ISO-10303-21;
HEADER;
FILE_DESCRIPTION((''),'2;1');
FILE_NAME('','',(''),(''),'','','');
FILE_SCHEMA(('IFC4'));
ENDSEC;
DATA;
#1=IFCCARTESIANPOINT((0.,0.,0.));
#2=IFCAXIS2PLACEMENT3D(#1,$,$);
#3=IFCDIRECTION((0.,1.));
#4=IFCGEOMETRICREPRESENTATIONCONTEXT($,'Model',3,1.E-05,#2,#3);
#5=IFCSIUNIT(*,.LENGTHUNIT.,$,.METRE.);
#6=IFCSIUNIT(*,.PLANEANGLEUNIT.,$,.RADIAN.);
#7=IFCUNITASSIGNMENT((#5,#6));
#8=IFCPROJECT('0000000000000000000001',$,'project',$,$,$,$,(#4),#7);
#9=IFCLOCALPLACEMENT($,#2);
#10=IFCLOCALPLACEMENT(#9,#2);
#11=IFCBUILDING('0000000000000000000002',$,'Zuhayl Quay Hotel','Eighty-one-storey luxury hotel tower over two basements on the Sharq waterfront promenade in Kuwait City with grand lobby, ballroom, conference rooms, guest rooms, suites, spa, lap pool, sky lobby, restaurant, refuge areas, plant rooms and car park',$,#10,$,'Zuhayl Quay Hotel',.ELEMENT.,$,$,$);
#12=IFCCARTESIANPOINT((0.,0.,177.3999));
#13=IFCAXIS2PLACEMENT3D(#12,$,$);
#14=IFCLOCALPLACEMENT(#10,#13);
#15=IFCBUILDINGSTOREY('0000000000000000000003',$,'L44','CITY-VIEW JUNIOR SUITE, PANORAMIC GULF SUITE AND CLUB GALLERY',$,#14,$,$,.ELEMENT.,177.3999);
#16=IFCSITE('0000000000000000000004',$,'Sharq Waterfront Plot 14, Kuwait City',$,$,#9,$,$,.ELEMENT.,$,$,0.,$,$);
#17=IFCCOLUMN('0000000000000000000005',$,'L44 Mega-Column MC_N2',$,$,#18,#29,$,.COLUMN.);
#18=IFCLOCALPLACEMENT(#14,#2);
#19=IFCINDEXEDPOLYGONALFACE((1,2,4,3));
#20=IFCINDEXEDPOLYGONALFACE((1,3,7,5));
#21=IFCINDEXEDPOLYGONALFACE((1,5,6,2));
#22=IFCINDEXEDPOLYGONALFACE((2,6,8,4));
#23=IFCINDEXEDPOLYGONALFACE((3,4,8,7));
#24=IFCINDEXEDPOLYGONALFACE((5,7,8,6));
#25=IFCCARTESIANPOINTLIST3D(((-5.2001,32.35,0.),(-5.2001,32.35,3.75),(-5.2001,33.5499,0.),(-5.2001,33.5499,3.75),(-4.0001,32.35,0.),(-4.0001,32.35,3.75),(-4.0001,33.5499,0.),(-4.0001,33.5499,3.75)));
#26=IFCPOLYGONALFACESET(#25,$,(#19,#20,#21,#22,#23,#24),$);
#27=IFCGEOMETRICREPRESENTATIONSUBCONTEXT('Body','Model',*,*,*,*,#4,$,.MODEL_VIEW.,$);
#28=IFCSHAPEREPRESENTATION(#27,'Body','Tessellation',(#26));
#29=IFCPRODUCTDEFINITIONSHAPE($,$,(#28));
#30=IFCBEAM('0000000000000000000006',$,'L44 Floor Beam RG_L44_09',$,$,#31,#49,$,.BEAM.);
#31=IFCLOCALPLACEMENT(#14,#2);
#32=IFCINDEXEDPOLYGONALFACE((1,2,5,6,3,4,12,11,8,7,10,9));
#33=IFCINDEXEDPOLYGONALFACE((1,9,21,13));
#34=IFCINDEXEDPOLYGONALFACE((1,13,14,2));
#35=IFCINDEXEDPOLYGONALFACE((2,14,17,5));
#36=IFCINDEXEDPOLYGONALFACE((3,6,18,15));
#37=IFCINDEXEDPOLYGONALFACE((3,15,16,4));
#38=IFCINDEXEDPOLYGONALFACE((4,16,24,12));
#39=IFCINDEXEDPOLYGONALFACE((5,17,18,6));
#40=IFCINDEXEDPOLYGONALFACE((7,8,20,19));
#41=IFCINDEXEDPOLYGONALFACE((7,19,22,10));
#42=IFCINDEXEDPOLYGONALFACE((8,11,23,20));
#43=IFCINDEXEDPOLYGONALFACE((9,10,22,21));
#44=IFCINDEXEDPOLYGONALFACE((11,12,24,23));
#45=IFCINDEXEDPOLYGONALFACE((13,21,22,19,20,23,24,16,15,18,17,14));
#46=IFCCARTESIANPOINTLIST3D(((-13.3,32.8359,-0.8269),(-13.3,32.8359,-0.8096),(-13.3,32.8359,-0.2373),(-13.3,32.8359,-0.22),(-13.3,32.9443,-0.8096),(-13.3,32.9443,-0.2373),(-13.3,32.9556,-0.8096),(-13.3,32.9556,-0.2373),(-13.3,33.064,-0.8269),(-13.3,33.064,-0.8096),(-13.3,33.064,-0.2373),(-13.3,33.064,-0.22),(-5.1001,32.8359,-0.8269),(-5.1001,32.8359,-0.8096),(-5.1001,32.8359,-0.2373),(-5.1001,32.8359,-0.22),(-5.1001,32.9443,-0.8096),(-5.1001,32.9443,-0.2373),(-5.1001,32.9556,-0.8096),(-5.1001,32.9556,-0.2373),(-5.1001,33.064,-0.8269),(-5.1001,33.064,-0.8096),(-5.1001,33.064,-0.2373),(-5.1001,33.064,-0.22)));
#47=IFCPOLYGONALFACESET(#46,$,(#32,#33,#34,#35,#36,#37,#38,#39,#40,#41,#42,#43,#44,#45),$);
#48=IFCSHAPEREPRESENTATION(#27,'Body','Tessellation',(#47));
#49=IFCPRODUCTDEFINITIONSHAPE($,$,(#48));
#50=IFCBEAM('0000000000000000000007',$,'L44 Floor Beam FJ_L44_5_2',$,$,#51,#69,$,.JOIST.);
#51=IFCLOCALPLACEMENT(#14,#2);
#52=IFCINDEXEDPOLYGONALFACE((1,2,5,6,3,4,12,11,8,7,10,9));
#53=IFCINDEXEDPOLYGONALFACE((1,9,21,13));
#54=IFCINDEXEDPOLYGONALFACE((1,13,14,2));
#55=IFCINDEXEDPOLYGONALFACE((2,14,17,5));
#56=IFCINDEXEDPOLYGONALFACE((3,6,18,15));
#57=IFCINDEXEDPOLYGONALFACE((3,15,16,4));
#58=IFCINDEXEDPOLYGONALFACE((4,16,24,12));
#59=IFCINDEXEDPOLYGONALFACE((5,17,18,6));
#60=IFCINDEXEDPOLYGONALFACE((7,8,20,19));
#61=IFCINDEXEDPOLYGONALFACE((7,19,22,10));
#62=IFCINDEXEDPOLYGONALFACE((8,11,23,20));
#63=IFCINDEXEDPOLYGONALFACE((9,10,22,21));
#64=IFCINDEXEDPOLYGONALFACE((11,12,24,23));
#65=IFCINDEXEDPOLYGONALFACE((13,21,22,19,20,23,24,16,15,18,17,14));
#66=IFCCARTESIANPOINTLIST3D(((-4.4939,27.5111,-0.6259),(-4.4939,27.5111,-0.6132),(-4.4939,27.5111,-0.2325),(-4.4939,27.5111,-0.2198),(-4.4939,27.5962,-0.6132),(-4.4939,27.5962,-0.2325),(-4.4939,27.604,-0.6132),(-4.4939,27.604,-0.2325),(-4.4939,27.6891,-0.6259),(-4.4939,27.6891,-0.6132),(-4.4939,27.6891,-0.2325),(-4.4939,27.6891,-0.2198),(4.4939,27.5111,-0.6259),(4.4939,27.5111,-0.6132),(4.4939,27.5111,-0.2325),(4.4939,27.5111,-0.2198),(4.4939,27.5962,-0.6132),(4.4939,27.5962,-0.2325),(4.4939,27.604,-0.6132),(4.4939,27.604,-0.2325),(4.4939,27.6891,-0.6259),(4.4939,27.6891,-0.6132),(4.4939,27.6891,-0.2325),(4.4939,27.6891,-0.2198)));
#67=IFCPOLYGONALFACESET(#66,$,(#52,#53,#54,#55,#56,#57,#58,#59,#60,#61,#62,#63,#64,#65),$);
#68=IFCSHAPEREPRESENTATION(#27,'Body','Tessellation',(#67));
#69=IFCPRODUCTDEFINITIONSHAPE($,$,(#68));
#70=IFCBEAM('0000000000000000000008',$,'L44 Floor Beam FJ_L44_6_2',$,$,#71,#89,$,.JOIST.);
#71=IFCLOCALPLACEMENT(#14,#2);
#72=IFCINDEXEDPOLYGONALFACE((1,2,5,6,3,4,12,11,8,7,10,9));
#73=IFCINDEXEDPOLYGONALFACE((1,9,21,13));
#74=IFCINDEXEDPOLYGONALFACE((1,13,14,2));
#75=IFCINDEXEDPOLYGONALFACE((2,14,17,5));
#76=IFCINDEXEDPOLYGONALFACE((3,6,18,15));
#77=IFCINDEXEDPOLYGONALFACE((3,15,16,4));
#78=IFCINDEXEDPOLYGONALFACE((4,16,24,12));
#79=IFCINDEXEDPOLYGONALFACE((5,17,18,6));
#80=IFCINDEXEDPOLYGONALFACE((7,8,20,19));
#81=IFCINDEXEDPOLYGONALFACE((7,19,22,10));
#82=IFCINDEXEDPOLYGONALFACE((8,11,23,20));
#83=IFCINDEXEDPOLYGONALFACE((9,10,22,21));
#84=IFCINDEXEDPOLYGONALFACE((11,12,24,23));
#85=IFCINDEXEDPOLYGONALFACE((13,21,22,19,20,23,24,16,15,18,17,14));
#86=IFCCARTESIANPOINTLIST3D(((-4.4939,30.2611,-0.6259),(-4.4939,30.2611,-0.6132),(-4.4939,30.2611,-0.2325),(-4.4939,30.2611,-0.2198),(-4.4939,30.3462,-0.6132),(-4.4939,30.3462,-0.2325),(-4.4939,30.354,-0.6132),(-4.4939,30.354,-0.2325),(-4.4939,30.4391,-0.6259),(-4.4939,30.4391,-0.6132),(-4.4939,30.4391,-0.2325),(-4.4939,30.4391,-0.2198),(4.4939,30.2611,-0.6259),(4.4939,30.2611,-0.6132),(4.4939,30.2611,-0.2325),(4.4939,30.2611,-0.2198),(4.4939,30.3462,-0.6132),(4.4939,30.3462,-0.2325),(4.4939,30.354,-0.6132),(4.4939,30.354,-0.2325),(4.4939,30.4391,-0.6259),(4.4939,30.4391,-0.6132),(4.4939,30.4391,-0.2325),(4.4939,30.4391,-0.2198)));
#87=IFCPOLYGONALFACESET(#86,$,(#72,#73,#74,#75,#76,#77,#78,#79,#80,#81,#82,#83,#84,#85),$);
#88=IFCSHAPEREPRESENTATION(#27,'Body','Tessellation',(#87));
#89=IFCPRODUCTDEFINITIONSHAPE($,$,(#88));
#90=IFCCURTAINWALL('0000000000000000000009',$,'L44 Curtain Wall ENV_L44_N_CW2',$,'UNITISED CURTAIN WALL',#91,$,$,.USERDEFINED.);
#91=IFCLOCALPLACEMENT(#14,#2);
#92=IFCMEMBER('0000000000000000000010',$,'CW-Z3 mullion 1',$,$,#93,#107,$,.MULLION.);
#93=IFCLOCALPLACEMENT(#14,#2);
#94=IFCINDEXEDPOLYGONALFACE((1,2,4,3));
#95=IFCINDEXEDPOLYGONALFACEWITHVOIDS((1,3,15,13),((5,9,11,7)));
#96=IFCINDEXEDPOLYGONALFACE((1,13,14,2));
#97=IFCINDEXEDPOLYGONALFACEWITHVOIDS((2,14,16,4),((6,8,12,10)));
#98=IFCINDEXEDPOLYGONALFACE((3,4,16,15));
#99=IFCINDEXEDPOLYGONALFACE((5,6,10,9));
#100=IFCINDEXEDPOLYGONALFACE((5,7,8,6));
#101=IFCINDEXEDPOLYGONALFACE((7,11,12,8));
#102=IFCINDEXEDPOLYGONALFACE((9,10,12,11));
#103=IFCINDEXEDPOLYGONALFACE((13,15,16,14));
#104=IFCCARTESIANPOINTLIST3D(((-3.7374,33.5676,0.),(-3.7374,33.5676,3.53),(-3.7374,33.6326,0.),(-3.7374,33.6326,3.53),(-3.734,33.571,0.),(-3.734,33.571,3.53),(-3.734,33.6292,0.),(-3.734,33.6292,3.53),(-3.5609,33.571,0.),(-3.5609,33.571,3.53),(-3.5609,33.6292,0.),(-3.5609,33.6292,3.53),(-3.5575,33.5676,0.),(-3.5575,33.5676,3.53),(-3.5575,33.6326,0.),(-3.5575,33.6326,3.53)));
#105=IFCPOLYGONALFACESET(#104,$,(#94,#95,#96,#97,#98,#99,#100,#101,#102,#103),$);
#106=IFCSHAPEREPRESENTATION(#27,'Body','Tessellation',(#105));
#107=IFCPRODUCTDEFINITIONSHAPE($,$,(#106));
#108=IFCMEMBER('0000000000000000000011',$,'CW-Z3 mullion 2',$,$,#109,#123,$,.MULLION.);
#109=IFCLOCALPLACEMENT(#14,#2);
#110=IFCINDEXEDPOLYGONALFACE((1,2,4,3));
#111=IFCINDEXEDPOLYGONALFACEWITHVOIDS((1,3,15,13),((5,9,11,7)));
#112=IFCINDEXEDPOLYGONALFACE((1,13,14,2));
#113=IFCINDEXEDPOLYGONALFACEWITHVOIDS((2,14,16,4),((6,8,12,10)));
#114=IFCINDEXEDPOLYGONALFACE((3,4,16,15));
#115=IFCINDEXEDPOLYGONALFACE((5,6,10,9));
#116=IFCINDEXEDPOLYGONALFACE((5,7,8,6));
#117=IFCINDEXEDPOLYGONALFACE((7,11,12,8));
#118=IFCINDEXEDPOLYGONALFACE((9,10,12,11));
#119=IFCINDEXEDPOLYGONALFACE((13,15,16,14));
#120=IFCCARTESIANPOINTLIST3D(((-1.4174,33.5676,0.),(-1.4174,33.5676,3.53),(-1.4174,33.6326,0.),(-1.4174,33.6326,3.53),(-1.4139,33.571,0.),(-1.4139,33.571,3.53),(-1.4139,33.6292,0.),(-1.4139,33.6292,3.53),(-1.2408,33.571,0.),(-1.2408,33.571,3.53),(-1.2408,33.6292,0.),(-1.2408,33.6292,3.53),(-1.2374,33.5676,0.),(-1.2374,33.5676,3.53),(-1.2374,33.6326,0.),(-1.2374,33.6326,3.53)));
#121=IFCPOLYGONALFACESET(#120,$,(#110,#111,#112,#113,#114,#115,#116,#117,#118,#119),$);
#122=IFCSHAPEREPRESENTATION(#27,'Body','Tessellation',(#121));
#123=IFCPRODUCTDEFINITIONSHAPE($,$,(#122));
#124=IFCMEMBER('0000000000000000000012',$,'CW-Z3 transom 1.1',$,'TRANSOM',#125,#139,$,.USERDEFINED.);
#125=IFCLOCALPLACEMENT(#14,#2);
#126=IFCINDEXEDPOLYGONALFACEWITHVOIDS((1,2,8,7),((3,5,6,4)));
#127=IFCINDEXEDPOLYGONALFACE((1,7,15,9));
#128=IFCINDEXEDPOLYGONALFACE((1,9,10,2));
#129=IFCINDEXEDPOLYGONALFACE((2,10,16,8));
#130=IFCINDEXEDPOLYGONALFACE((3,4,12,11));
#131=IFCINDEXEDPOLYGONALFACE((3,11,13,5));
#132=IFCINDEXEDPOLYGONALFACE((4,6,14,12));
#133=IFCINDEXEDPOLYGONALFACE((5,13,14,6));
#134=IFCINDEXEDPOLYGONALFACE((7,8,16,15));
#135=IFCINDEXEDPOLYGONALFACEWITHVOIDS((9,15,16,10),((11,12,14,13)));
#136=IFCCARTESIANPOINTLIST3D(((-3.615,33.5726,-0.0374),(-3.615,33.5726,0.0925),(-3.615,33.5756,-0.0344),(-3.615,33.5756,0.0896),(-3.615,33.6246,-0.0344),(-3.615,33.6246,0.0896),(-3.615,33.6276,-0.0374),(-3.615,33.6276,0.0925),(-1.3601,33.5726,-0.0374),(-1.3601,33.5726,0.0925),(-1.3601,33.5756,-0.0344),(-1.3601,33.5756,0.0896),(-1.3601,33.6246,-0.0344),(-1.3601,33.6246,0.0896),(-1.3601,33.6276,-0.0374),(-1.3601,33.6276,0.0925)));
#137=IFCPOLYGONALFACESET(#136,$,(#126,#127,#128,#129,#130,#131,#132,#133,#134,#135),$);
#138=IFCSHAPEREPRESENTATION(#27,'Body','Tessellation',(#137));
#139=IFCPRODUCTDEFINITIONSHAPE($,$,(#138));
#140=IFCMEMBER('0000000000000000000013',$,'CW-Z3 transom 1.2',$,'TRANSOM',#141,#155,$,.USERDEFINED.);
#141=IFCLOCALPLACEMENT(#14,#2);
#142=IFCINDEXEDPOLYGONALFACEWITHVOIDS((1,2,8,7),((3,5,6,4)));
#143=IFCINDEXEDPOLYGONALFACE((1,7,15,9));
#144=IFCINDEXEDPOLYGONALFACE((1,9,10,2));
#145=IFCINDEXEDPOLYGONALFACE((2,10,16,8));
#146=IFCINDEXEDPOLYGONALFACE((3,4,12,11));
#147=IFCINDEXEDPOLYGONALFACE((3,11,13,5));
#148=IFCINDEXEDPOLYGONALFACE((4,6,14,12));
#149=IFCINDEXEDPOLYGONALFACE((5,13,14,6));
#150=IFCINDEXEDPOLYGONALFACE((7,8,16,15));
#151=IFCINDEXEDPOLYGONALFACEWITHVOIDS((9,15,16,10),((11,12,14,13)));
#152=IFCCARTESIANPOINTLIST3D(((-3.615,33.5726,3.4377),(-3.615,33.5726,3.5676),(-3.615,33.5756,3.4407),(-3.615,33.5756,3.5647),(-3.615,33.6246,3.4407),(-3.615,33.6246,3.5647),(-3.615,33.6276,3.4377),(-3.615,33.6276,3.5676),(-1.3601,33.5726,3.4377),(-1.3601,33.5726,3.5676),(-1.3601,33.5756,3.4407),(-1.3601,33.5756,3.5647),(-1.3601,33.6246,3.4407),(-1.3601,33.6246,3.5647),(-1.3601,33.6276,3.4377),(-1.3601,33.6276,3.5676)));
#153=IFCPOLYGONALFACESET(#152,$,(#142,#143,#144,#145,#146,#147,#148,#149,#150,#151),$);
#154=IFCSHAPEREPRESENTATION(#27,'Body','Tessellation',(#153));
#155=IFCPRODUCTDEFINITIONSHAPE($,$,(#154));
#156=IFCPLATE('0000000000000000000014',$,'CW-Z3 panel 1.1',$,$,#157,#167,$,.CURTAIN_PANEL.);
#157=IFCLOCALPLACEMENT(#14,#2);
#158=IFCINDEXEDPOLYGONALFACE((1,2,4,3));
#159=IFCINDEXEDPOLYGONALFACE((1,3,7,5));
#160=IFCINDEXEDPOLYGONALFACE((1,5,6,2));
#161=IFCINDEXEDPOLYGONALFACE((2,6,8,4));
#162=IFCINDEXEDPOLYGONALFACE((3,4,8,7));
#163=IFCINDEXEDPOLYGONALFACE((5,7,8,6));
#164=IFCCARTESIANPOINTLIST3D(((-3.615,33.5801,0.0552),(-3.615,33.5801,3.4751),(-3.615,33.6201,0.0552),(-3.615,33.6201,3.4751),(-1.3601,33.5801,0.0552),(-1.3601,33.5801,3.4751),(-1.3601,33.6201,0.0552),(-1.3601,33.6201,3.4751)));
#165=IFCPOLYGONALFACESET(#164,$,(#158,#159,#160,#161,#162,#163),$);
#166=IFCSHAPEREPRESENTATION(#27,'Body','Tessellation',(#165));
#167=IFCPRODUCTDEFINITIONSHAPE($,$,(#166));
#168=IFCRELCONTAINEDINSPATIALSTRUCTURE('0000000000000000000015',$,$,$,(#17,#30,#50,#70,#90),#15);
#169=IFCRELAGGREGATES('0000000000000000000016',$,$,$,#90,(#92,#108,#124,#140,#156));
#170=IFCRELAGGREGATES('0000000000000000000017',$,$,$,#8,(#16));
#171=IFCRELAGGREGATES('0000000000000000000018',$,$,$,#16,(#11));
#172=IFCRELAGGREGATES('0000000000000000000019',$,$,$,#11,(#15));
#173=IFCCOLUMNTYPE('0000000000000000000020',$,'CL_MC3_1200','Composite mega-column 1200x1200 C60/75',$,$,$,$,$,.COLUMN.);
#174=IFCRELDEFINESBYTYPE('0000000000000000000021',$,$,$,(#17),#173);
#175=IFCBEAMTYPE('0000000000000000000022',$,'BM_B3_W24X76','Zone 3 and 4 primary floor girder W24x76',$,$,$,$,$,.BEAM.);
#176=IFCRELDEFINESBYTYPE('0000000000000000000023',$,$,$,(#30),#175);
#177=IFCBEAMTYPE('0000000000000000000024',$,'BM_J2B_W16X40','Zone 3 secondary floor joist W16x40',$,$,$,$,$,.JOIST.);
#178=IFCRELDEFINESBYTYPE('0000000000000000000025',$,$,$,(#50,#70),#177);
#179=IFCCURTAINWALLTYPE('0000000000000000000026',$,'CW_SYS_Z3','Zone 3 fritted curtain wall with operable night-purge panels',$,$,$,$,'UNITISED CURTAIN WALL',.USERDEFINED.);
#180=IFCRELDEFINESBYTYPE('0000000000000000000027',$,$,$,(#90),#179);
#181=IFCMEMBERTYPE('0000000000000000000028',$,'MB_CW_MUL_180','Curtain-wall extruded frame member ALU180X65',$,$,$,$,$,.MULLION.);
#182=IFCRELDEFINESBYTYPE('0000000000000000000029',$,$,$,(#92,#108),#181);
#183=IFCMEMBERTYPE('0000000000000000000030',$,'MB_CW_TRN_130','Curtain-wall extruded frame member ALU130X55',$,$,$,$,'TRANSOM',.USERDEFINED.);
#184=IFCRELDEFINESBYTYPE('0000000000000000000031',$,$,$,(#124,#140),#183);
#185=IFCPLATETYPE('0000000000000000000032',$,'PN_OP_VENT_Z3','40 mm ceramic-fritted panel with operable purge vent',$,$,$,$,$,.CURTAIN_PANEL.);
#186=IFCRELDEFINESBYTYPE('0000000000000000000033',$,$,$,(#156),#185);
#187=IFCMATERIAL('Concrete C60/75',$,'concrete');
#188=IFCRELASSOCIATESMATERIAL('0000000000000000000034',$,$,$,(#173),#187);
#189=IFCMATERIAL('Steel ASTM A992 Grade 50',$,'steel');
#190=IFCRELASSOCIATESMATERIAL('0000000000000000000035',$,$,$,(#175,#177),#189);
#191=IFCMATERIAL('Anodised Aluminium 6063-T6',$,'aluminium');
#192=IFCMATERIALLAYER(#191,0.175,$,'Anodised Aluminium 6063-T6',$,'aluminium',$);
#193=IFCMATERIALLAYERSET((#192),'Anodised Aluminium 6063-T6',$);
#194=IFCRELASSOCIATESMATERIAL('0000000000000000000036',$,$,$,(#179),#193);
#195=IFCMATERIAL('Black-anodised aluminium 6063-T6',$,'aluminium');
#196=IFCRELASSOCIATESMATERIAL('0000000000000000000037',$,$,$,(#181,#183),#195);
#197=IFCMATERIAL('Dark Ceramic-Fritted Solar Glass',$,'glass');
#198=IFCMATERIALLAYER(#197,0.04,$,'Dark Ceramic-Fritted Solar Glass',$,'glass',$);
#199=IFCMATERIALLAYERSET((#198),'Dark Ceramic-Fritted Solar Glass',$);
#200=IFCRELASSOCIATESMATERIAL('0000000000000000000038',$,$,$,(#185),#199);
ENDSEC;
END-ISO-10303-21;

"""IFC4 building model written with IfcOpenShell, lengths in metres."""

from ifc_helpers import new_model, si_unit, direction, frame, origin, origin_2d, place, context, subcontext, project, spatial, rectangle, hollow_rectangle, i_section, extrude, material, layer, layer_set, material_profile, profile_set, type_object, element, aggregate, save


model = new_model("IFC4")

# Units and contexts
model_context = context("Model", 3, precision=1e-05, world=origin(), true_north=direction((0.0, 1.0)))
body_context = subcontext(model_context, "Body", "Model", "MODEL_VIEW")
ifc_project = project(units=[si_unit("LENGTHUNIT", "METRE"), si_unit("PLANEANGLEUNIT", "RADIAN")], contexts=[model_context])

# Site, building, storey
site_placement = place(None, origin())
site = spatial("IfcSite", under=ifc_project, at=site_placement, Name="Sharq Waterfront Plot 14, Kuwait City", CompositionType="ELEMENT", RefElevation=0.0)
building_placement = place(site_placement, origin())
building = spatial("IfcBuilding", under=site, at=building_placement, Name="Zuhayl Quay Hotel", Description="Eighty-one-storey luxury hotel tower over two basements on the Sharq waterfront promenade in Kuwait City with grand lobby, ballroom, conference rooms, guest rooms, suites, spa, lap pool, sky lobby, restaurant, refuge areas, plant rooms and car park", LongName="Zuhayl Quay Hotel", CompositionType="ELEMENT")
storey_placement = place(building_placement, frame((0.0, 0.0, 177.3999)))
storey = spatial("IfcBuildingStorey", under=building, at=storey_placement, Name="L44", Description="CITY-VIEW JUNIOR SUITE, PANORAMIC GULF SUITE AND CLUB GALLERY", CompositionType="ELEMENT", Elevation=177.3999)

# Column
ifc_material_1 = material(Name="Concrete C60/75", Category="concrete")
ifc_material_profile_1 = material_profile(ifc_material_1, rectangle(XDim=1.2, YDim=1.2, at=origin_2d()), Name="RC1200X1200")
ifc_profile_set_1 = profile_set([ifc_material_profile_1], Name="Concrete C60/75")
column_type = type_object("IfcColumnType", Name="CL_MC3_1200", Description="Composite mega-column 1200x1200 C60/75", PredefinedType="COLUMN", material=ifc_profile_set_1)
column_placement = place(storey_placement, frame((-4.6001, 32.95, 0.0), z_axis=(0.0, 0.0, 1.0), x_axis=(1.0, 0.0, 0.0)))
element("IfcColumn", 1, at=column_placement, inside=storey, type_object=column_type, Name="L44 Mega-Column MC_N2", PredefinedType="COLUMN", context=body_context, shape_type="SweptSolid", body=[
    extrude(rectangle(XDim=1.2, YDim=1.2, at=origin_2d()), origin(), (0.0, 0.0, 1.0), 3.75),
])

# Beams
ifc_material_2 = material(Name="Steel ASTM A992 Grade 50", Category="steel")
ifc_material_profile_2 = material_profile(ifc_material_2, i_section(OverallWidth=0.228, OverallDepth=0.6069, WebThickness=0.0112, FlangeThickness=0.0173, at=origin_2d()), Name="W24X76")
ifc_profile_set_2 = profile_set([ifc_material_profile_2], Name="Steel ASTM A992 Grade 50")
beam_type_1 = type_object("IfcBeamType", Name="BM_B3_W24X76", Description="Zone 3 and 4 primary floor girder W24x76", PredefinedType="BEAM", material=ifc_profile_set_2)
beam_placement = place(storey_placement, frame((-5.1001, 32.95, -0.5234), z_axis=(-1.0, 0.0, 0.0), x_axis=(0.0, -1.0, 0.0)))
element("IfcBeam", 2, at=beam_placement, inside=storey, type_object=beam_type_1, Name="L44 Floor Beam RG_L44_09", PredefinedType="BEAM", context=body_context, shape_type="SweptSolid", body=[
    extrude(i_section(OverallWidth=0.228, OverallDepth=0.6069, WebThickness=0.0112, FlangeThickness=0.0173, at=origin_2d()), origin(), (0.0, 0.0, 1.0), 8.2),
])
ifc_material_profile_3 = material_profile(ifc_material_2, i_section(OverallWidth=0.178, OverallDepth=0.406, WebThickness=0.0078, FlangeThickness=0.0127, at=origin_2d()), Name="W16X40")
ifc_profile_set_3 = profile_set([ifc_material_profile_3], Name="Steel ASTM A992 Grade 50")
beam_type_2 = type_object("IfcBeamType", Name="BM_J2B_W16X40", Description="Zone 3 secondary floor joist W16x40", PredefinedType="JOIST", material=ifc_profile_set_3)
for number, where, z_axis, x_axis, name in (
    (3, (-4.4939, 27.6001, -0.4229), (1.0, 0.0, 0.0), (0.0, 1.0, 0.0), "L44 Floor Beam FJ_L44_5_2"),
    (4, (-4.4939, 30.3501, -0.4229), (1.0, 0.0, 0.0), (0.0, 1.0, 0.0), "L44 Floor Beam FJ_L44_6_2"),
):
    element("IfcBeam", number, at=place(storey_placement, frame(where, z_axis=z_axis, x_axis=x_axis)), inside=storey, type_object=beam_type_2, Name=name, PredefinedType="JOIST", context=body_context, shape_type="SweptSolid", body=[
        extrude(i_section(OverallWidth=0.178, OverallDepth=0.406, WebThickness=0.0078, FlangeThickness=0.0127, at=origin_2d()), origin(), (0.0, 0.0, 1.0), 8.9878),
    ])

# Curtain wall, members, plate
ifc_material_3 = material(Name="Anodised Aluminium 6063-T6", Category="aluminium")
ifc_layer_1 = layer(ifc_material_3, 0.175, Name="Anodised Aluminium 6063-T6", Category="aluminium")
ifc_layer_set_1 = layer_set([ifc_layer_1], Name="Anodised Aluminium 6063-T6")
curtain_wall_type = type_object("IfcCurtainWallType", Name="CW_SYS_Z3", Description="Zone 3 fritted curtain wall with operable night-purge panels", ElementType="UNITISED CURTAIN WALL", PredefinedType="USERDEFINED", material=ifc_layer_set_1)
curtain_wall_placement = place(storey_placement, origin())
curtain_wall = element("IfcCurtainWall", 5, at=curtain_wall_placement, inside=storey, type_object=curtain_wall_type, Name="L44 Curtain Wall ENV_L44_N_CW2", ObjectType="UNITISED CURTAIN WALL", PredefinedType="USERDEFINED")
ifc_material_4 = material(Name="Black-anodised aluminium 6063-T6", Category="aluminium")
ifc_material_profile_4 = material_profile(ifc_material_4, hollow_rectangle(XDim=0.0649, YDim=0.1799, WallThickness=0.0034, at=origin_2d()), Name="ALU180X65")
ifc_profile_set_4 = profile_set([ifc_material_profile_4], Name="Black-anodised aluminium 6063-T6")
member_type_1 = type_object("IfcMemberType", Name="MB_CW_MUL_180", Description="Curtain-wall extruded frame member ALU180X65", PredefinedType="MULLION", material=ifc_profile_set_4)
member_1_placement = place(storey_placement, frame((-3.6475, 33.6001, 0.0), z_axis=(0.0, 0.0, 1.0), x_axis=(0.0, 1.0, 0.0)))
member_1 = element("IfcMember", 6, at=member_1_placement, type_object=member_type_1, Name="CW-Z3 mullion 1", PredefinedType="MULLION", context=body_context, shape_type="SweptSolid", body=[
    extrude(hollow_rectangle(XDim=0.0649, YDim=0.1799, WallThickness=0.0034, at=origin_2d()), origin(), (0.0, 0.0, 1.0), 3.53),
])
member_2_placement = place(storey_placement, frame((-1.3274, 33.6001, 0.0), z_axis=(0.0, 0.0, 1.0), x_axis=(0.0, 1.0, 0.0)))
member_2 = element("IfcMember", 7, at=member_2_placement, type_object=member_type_1, Name="CW-Z3 mullion 2", PredefinedType="MULLION", context=body_context, shape_type="SweptSolid", body=[
    extrude(hollow_rectangle(XDim=0.0649, YDim=0.1799, WallThickness=0.0034, at=origin_2d()), origin(), (0.0, 0.0, 1.0), 3.53),
])
ifc_material_profile_5 = material_profile(ifc_material_4, hollow_rectangle(XDim=0.0549, YDim=0.1299, WallThickness=0.0029, at=origin_2d()), Name="ALU130X55")
ifc_profile_set_5 = profile_set([ifc_material_profile_5], Name="Black-anodised aluminium 6063-T6")
member_type_2 = type_object("IfcMemberType", Name="MB_CW_TRN_130", Description="Curtain-wall extruded frame member ALU130X55", ElementType="TRANSOM", PredefinedType="USERDEFINED", material=ifc_profile_set_5)
member_3_placement = place(storey_placement, frame((-3.615, 33.6001, 0.0276), z_axis=(1.0, 0.0, 0.0), x_axis=(0.0, 1.0, 0.0)))
member_3 = element("IfcMember", 8, at=member_3_placement, type_object=member_type_2, Name="CW-Z3 transom 1.1", ObjectType="TRANSOM", PredefinedType="USERDEFINED", context=body_context, shape_type="SweptSolid", body=[
    extrude(hollow_rectangle(XDim=0.0549, YDim=0.1299, WallThickness=0.0029, at=origin_2d()), origin(), (0.0, 0.0, 1.0), 2.2549),
])
member_4_placement = place(storey_placement, frame((-3.615, 33.6001, 3.5027), z_axis=(1.0, 0.0, 0.0), x_axis=(0.0, 1.0, 0.0)))
member_4 = element("IfcMember", 9, at=member_4_placement, type_object=member_type_2, Name="CW-Z3 transom 1.2", ObjectType="TRANSOM", PredefinedType="USERDEFINED", context=body_context, shape_type="SweptSolid", body=[
    extrude(hollow_rectangle(XDim=0.0549, YDim=0.1299, WallThickness=0.0029, at=origin_2d()), origin(), (0.0, 0.0, 1.0), 2.2549),
])
ifc_material_5 = material(Name="Dark Ceramic-Fritted Solar Glass", Category="glass")
ifc_layer_2 = layer(ifc_material_5, 0.04, Name="Dark Ceramic-Fritted Solar Glass", Category="glass")
ifc_layer_set_2 = layer_set([ifc_layer_2], Name="Dark Ceramic-Fritted Solar Glass")
plate_type = type_object("IfcPlateType", Name="PN_OP_VENT_Z3", Description="40 mm ceramic-fritted panel with operable purge vent", PredefinedType="CURTAIN_PANEL", material=ifc_layer_set_2)
plate_placement = place(storey_placement, frame((-2.4875, 33.6001, 0.0552), z_axis=(0.0, 0.0, 1.0), x_axis=(1.0, 0.0, 0.0)))
plate = element("IfcPlate", 10, at=plate_placement, type_object=plate_type, Name="CW-Z3 panel 1.1", PredefinedType="CURTAIN_PANEL", context=body_context, shape_type="SweptSolid", body=[
    extrude(rectangle(XDim=2.2549, YDim=0.04, at=origin_2d()), origin(), (0.0, 0.0, 1.0), 3.4199),
])
aggregate(curtain_wall, [member_1, member_2, member_3, member_4, plate])

save(model, "model.ifc")
